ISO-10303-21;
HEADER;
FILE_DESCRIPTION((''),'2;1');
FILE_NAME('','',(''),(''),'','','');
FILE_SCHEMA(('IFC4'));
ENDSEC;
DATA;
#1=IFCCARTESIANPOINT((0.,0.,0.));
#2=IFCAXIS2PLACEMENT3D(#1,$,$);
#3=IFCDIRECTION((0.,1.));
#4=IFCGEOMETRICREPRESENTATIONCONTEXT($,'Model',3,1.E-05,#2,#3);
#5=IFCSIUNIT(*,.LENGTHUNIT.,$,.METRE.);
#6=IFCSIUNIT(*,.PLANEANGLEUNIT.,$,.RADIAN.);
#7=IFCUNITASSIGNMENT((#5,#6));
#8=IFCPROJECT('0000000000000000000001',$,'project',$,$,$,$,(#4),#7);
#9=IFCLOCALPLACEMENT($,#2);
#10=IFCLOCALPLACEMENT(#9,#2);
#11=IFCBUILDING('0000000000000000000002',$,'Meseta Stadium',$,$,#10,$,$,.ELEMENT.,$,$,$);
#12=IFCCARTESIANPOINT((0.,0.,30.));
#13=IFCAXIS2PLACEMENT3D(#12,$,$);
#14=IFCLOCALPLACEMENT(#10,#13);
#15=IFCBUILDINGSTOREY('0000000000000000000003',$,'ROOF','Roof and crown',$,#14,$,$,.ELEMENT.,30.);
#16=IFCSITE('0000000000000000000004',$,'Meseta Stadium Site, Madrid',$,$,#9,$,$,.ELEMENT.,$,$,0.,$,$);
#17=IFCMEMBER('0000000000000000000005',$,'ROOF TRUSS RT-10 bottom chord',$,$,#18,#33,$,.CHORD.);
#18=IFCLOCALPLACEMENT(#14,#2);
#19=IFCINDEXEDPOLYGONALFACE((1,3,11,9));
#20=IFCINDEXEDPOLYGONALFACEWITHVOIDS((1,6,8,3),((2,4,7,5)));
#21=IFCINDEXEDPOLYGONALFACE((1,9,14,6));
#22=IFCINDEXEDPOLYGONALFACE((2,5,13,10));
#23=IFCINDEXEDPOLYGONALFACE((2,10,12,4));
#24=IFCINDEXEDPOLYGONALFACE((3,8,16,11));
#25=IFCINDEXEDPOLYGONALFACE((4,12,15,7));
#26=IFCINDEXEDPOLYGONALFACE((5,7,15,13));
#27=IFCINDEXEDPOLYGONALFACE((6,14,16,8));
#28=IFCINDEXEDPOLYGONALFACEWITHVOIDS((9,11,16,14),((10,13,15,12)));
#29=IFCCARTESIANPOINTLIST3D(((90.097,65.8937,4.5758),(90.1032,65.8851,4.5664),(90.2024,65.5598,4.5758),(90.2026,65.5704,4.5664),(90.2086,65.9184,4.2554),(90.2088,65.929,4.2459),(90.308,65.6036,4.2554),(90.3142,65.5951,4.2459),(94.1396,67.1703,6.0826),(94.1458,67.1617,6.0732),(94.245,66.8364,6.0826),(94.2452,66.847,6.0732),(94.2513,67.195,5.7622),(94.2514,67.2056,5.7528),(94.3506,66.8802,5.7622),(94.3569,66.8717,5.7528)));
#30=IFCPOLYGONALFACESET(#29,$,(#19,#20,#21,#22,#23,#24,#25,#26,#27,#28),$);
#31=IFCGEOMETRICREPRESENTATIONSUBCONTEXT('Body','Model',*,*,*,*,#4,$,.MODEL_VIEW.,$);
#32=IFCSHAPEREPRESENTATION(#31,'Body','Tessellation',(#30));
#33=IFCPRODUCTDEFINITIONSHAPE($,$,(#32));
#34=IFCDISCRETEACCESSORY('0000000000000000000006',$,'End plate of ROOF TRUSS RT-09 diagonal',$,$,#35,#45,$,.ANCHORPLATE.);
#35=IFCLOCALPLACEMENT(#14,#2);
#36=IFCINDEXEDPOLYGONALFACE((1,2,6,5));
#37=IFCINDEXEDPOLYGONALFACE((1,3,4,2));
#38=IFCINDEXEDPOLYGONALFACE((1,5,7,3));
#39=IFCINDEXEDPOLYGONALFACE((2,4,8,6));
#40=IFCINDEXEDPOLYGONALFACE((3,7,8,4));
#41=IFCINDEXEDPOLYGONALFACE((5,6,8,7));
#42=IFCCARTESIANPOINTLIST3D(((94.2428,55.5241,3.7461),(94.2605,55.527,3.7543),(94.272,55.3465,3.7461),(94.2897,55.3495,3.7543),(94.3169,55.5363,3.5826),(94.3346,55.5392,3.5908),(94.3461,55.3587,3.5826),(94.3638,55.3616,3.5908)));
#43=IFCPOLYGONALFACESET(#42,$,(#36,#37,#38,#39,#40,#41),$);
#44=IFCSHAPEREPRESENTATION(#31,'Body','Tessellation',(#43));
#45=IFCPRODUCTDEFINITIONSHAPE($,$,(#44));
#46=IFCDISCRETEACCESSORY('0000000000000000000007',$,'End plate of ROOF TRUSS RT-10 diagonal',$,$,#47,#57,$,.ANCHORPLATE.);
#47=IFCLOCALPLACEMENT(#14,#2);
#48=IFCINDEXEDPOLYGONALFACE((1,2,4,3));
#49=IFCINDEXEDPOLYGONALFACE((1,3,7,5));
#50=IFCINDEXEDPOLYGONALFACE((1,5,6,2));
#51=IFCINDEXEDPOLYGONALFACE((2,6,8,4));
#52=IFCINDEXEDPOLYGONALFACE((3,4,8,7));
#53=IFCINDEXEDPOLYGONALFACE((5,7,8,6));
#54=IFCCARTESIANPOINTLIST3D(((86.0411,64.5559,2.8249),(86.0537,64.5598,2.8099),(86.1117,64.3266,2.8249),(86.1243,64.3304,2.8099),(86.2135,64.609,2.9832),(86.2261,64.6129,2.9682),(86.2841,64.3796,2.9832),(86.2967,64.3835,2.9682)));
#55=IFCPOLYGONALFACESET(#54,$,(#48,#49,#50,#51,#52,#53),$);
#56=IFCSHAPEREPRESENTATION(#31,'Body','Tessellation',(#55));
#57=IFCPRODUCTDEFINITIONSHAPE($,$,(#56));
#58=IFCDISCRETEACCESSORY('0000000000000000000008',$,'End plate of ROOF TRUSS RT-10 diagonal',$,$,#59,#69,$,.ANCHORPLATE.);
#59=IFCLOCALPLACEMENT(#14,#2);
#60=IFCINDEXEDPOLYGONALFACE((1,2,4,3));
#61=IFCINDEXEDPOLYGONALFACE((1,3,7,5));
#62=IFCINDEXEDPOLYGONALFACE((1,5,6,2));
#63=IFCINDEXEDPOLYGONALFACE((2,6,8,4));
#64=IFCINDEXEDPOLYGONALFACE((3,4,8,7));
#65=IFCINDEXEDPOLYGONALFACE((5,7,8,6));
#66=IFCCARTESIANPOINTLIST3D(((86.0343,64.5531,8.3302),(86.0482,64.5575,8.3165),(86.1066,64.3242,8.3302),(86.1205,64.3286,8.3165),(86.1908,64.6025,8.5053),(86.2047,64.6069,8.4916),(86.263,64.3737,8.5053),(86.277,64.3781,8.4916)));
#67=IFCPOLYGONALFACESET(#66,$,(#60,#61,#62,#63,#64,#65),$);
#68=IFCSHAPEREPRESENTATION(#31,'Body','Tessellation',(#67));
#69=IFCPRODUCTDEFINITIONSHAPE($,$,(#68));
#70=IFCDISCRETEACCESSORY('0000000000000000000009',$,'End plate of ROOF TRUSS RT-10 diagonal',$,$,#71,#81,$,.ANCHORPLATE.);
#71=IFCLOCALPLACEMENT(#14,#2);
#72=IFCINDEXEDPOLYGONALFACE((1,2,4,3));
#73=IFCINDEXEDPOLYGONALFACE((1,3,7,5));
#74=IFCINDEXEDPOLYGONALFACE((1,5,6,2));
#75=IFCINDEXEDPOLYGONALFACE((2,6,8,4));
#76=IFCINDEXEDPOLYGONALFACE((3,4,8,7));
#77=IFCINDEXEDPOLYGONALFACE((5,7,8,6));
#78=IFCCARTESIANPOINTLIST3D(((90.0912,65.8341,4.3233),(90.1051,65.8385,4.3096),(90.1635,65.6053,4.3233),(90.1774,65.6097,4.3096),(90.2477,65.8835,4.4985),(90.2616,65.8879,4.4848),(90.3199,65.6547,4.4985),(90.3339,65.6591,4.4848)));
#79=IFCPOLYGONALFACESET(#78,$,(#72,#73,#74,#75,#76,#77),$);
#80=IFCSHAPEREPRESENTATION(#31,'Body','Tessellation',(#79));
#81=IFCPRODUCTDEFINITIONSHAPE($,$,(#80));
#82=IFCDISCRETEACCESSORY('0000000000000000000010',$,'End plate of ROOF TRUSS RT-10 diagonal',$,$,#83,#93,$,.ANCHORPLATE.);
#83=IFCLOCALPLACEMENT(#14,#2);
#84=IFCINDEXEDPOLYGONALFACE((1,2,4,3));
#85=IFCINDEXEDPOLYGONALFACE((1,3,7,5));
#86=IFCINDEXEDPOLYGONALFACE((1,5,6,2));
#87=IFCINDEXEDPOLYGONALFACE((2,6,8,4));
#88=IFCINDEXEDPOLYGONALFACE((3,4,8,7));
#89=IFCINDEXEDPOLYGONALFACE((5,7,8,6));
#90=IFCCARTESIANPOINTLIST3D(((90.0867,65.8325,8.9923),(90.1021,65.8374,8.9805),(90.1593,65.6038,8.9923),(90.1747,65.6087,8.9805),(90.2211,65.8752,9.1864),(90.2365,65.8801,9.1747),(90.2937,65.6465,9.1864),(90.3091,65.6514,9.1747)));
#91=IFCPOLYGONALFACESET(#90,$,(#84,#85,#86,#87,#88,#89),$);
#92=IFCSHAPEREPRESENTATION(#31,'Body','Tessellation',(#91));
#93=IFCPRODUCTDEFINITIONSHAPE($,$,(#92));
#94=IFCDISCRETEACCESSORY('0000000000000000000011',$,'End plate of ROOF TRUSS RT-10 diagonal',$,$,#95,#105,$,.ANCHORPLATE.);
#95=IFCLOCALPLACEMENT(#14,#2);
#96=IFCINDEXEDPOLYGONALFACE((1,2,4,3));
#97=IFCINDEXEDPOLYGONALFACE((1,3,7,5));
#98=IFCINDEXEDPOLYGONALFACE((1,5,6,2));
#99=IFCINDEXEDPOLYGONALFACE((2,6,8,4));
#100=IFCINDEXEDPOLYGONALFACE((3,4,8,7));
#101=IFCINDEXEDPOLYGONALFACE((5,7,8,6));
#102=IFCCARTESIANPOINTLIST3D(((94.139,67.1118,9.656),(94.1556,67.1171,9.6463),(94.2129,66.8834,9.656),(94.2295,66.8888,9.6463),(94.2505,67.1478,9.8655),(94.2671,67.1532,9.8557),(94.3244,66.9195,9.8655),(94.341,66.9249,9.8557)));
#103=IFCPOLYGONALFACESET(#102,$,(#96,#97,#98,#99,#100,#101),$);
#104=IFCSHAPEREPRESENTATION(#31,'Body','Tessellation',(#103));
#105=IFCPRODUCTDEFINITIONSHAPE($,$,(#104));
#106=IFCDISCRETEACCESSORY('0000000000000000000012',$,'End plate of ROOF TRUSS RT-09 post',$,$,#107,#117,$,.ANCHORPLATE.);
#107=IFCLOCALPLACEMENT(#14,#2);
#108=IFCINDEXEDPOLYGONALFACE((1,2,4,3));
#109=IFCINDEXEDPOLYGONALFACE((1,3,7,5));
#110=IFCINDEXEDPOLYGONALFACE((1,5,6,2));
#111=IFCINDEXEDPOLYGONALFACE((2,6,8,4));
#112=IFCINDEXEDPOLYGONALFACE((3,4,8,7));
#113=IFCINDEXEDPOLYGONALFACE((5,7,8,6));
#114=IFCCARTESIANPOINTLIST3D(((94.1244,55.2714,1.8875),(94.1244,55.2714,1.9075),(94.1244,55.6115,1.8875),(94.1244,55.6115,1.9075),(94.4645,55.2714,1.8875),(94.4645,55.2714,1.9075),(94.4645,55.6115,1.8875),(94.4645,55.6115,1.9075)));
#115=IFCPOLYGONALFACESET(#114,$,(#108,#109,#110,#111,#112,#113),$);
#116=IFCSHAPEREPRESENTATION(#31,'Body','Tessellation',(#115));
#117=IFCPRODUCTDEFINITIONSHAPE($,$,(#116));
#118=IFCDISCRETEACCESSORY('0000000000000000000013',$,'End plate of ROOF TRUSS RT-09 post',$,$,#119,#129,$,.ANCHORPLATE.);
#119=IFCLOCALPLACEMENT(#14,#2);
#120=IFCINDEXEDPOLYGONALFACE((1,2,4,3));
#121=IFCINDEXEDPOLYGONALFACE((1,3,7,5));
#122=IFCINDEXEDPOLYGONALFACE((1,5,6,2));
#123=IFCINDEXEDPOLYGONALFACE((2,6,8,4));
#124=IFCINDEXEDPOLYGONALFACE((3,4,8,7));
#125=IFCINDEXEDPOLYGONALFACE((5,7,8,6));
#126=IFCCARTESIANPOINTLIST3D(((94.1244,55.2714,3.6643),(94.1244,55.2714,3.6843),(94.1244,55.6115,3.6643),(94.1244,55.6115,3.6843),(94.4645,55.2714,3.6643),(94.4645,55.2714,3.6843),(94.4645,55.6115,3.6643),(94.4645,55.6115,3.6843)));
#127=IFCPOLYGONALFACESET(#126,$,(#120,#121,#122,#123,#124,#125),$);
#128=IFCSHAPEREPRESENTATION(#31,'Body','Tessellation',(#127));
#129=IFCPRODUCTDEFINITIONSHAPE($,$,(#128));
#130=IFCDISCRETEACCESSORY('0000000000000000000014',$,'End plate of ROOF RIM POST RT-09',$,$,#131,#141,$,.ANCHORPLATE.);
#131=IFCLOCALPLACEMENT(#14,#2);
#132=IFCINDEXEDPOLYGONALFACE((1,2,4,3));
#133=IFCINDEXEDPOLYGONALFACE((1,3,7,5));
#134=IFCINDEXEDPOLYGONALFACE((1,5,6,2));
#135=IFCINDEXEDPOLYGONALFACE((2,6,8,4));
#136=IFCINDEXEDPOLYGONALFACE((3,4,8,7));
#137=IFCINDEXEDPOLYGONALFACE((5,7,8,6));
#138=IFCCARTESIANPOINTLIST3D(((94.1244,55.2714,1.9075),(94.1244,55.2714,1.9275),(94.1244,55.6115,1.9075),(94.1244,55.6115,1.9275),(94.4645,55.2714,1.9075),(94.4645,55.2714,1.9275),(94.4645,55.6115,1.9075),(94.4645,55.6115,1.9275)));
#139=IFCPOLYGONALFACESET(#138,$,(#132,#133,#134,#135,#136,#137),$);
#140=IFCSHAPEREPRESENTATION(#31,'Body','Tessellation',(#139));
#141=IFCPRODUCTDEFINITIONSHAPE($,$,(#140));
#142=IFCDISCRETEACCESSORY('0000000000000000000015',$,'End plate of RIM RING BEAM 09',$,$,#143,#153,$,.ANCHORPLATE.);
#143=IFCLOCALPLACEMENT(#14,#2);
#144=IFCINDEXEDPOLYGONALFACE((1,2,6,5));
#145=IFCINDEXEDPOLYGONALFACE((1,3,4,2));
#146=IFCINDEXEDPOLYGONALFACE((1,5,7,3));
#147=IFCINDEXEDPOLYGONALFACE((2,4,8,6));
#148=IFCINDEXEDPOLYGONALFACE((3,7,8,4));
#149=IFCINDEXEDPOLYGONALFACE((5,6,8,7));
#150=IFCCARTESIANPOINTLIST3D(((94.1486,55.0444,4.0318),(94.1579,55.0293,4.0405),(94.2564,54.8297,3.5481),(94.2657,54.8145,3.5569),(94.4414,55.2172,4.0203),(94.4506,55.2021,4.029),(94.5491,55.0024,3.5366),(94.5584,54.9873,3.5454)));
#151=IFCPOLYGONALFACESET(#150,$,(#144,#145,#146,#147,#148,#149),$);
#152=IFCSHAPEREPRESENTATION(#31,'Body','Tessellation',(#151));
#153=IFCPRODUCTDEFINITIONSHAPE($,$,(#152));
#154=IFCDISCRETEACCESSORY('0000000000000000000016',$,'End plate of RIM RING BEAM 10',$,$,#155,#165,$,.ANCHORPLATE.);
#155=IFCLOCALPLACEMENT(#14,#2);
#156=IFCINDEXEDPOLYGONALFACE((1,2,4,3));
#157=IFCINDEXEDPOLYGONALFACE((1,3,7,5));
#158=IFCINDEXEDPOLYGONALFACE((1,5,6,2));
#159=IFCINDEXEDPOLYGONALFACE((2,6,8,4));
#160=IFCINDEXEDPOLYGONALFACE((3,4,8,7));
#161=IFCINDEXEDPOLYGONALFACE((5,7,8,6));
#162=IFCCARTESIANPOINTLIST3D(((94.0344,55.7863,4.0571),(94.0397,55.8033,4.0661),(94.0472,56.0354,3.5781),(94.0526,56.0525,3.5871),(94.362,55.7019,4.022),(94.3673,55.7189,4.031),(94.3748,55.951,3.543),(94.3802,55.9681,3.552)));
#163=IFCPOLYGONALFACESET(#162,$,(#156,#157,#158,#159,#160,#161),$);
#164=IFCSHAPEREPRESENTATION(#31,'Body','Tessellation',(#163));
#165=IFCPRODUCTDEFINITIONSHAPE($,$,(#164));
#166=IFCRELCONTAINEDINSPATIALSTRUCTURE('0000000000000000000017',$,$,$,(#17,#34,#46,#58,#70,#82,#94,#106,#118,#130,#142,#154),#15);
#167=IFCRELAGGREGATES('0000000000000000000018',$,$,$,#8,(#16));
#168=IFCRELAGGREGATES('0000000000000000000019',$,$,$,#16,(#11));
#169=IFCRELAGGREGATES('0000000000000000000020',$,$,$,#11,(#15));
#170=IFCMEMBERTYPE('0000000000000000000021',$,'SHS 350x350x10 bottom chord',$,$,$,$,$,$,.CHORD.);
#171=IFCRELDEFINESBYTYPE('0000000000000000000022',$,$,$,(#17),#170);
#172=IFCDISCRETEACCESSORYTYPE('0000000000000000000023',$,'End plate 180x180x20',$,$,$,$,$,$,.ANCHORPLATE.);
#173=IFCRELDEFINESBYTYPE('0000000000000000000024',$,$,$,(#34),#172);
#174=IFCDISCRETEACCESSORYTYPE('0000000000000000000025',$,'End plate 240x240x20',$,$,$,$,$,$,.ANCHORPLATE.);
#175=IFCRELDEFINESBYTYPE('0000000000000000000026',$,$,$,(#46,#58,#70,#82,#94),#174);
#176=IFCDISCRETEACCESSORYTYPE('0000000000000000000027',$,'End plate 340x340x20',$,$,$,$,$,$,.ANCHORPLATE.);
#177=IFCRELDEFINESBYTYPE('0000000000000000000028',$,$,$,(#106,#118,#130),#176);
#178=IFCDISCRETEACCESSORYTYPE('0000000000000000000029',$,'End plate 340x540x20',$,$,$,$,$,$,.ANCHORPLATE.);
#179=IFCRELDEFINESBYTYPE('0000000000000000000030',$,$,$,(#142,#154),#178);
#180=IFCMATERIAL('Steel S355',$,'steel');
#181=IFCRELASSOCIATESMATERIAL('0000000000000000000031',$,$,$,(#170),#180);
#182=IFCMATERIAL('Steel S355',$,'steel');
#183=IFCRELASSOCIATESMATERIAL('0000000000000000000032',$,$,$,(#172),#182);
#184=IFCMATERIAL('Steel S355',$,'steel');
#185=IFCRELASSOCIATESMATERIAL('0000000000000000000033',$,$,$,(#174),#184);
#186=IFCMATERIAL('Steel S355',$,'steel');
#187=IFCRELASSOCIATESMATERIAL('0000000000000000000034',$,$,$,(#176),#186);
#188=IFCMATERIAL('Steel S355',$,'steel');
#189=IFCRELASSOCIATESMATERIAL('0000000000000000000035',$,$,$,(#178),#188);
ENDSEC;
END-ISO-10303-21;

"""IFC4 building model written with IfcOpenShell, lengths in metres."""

from ifc_helpers import new_model, si_unit, direction, frame, origin, origin_2d, place, context, subcontext, project, spatial, rectangle, hollow_rectangle, extrude, material, material_profile, profile_set, type_object, element, save


model = new_model("IFC4")

# Units and contexts
model_context = context("Model", 3, precision=1e-05, world=origin(), true_north=direction((0.0, 1.0)))
body_context = subcontext(model_context, "Body", "Model", "MODEL_VIEW")
ifc_project = project(units=[si_unit("LENGTHUNIT", "METRE"), si_unit("PLANEANGLEUNIT", "RADIAN")], contexts=[model_context])

# Site, building, storey
site_placement = place(None, origin())
site = spatial("IfcSite", under=ifc_project, at=site_placement, Name="Meseta Stadium Site, Madrid", CompositionType="ELEMENT", RefElevation=0.0)
building_placement = place(site_placement, origin())
building = spatial("IfcBuilding", under=site, at=building_placement, Name="Meseta Stadium", CompositionType="ELEMENT")
storey_placement = place(building_placement, frame((0.0, 0.0, 30.0)))
storey = spatial("IfcBuildingStorey", under=building, at=storey_placement, Name="ROOF", Description="Roof and crown", CompositionType="ELEMENT", Elevation=30.0)

# Member
ifc_material_1 = material(Name="Steel S355", Category="steel")
ifc_material_profile_1 = material_profile(ifc_material_1, hollow_rectangle(XDim=0.3501, YDim=0.3501, WallThickness=0.01, at=origin_2d()), Name="SHS 350x350x10")
ifc_profile_set_1 = profile_set([ifc_material_profile_1], Name="Steel S355")
member_type_1 = type_object("IfcMemberType", Name="SHS 350x350x10 bottom chord", PredefinedType="CHORD", material=ifc_profile_set_1)
member_1_placement = place(storey_placement, frame((90.2056, 65.7444, 4.4109), z_axis=(0.898518, 0.283734, 0.334903), x_axis=(-0.301123, 0.953585, 0.0)))
element("IfcMember", 1, at=member_1_placement, inside=storey, type_object=member_type_1, Name="ROOF TRUSS RT-10 bottom chord", PredefinedType="CHORD", context=body_context, shape_type="SweptSolid", body=[
    extrude(hollow_rectangle(XDim=0.3501, YDim=0.3501, WallThickness=0.01, at=origin_2d()), origin(), (0.0, 0.0, 1.0), 4.4993),
])

# Discrete accessories
ifc_material_2 = material(Name="Steel S355", Category="steel")
ifc_material_profile_2 = material_profile(ifc_material_2, rectangle(XDim=0.1799, YDim=0.1799, at=origin_2d()), Name="PL 180x180")
ifc_profile_set_2 = profile_set([ifc_material_profile_2], Name="Steel S355")
discrete_accessory_type_1 = type_object("IfcDiscreteAccessoryType", Name="End plate 180x180x20", PredefinedType="ANCHORPLATE", material=ifc_profile_set_2)
discrete_accessory_1_placement = place(storey_placement, frame((94.2944, 55.4414, 3.6643), z_axis=(0.8966, 0.147386, 0.417595), x_axis=(-0.162207, 0.986757, 0.0)))
element("IfcDiscreteAccessory", 2, at=discrete_accessory_1_placement, inside=storey, type_object=discrete_accessory_type_1, Name="End plate of ROOF TRUSS RT-09 diagonal", PredefinedType="ANCHORPLATE", context=body_context, shape_type="SweptSolid", body=[
    extrude(rectangle(XDim=0.1799, YDim=0.1799, at=origin_2d()), origin(), (0.0, 0.0, 1.0), 0.0198),
])
ifc_material_3 = material(Name="Steel S355", Category="steel")
ifc_material_profile_3 = material_profile(ifc_material_3, rectangle(XDim=0.24, YDim=0.24, at=origin_2d()), Name="PL 240x240")
ifc_profile_set_3 = profile_set([ifc_material_profile_3], Name="Steel S355")
discrete_accessory_type_2 = type_object("IfcDiscreteAccessoryType", Name="End plate 240x240x20", PredefinedType="ANCHORPLATE", material=ifc_profile_set_3)
for number, where, z_axis, x_axis, name in (
    (3, (86.1626, 64.4678, 2.9041), (0.630407, 0.193971, -0.751639), (-0.294086, 0.955779, 0.0), "End plate of ROOF TRUSS RT-10 diagonal"),
    (4, (86.1487, 64.4634, 8.4177), (0.695899, 0.219757, -0.68369), (-0.301131, 0.953583, 0.0), "End plate of ROOF TRUSS RT-10 diagonal"),
    (5, (90.2056, 65.7444, 4.4109), (0.695899, 0.219757, -0.68369), (-0.301131, 0.953583, 0.0), "End plate of ROOF TRUSS RT-10 diagonal"),
    (6, (90.1902, 65.7395, 9.0894), (0.771223, 0.244833, -0.587598), (-0.302579, 0.953124, 0.0), "End plate of ROOF TRUSS RT-10 diagonal"),
    (7, (94.2317, 67.0156, 9.7607), (0.830257, 0.268612, -0.488386), (-0.30782, 0.951445, 0.0), "End plate of ROOF TRUSS RT-10 diagonal"),
):
    element("IfcDiscreteAccessory", number, at=place(storey_placement, frame(where, z_axis=z_axis, x_axis=x_axis)), inside=storey, type_object=discrete_accessory_type_2, Name=name, PredefinedType="ANCHORPLATE", context=body_context, shape_type="SweptSolid", body=[
        extrude(rectangle(XDim=0.24, YDim=0.24, at=origin_2d()), origin(), (0.0, 0.0, 1.0), 0.02),
    ])
ifc_material_4 = material(Name="Steel S355", Category="steel")
ifc_material_profile_4 = material_profile(ifc_material_4, rectangle(XDim=0.3401, YDim=0.3401, at=origin_2d()), Name="PL 340x340")
ifc_profile_set_4 = profile_set([ifc_material_profile_4], Name="Steel S355")
discrete_accessory_type_3 = type_object("IfcDiscreteAccessoryType", Name="End plate 340x340x20", PredefinedType="ANCHORPLATE", material=ifc_profile_set_4)
for number, where, z_axis, x_axis, name in (
    (8, (94.2944, 55.4414, 1.8875), (0.0, 0.0, 1.0), (1.0, 0.0, 0.0), "End plate of ROOF TRUSS RT-09 post"),
    (9, (94.2944, 55.4414, 3.6643), (0.0, 0.0, 1.0), (1.0, 0.0, 0.0), "End plate of ROOF TRUSS RT-09 post"),
    (10, (94.2944, 55.4414, 1.9075), (0.0, 0.0, 1.0), (1.0, 0.0, 0.0), "End plate of ROOF RIM POST RT-09"),
):
    element("IfcDiscreteAccessory", number, at=place(storey_placement, frame(where, z_axis=z_axis, x_axis=x_axis)), inside=storey, type_object=discrete_accessory_type_3, Name=name, PredefinedType="ANCHORPLATE", context=body_context, shape_type="SweptSolid", body=[
        extrude(rectangle(XDim=0.3401, YDim=0.3401, at=origin_2d()), origin(), (0.0, 0.0, 1.0), 0.02),
    ])
ifc_material_5 = material(Name="Steel S355", Category="steel")
ifc_material_profile_5 = material_profile(ifc_material_5, rectangle(XDim=0.3401, YDim=0.54, at=origin_2d()), Name="PL 340x540")
ifc_profile_set_5 = profile_set([ifc_material_profile_5], Name="Steel S355")
discrete_accessory_type_4 = type_object("IfcDiscreteAccessoryType", Name="End plate 340x540x20", PredefinedType="ANCHORPLATE", material=ifc_profile_set_5)
discrete_accessory_2_placement = place(storey_placement, frame((94.3582, 55.0083, 3.793), z_axis=(-0.468316, 0.764094, -0.443667), x_axis=(-0.860729, -0.507944, 0.033755)))
element("IfcDiscreteAccessory", 11, at=discrete_accessory_2_placement, inside=storey, type_object=discrete_accessory_type_4, Name="End plate of RIM RING BEAM 09", PredefinedType="ANCHORPLATE", context=body_context, shape_type="SweptSolid", body=[
    extrude(rectangle(XDim=0.3401, YDim=0.54, at=origin_2d()), origin(), (0.0, 0.0, 1.0), 0.0198),
])
discrete_accessory_3_placement = place(storey_placement, frame((94.2046, 55.8687, 3.8), z_axis=(0.267716, 0.851824, 0.45025), x_axis=(-0.963205, 0.248134, 0.103273)))
element("IfcDiscreteAccessory", 12, at=discrete_accessory_3_placement, inside=storey, type_object=discrete_accessory_type_4, Name="End plate of RIM RING BEAM 10", PredefinedType="ANCHORPLATE", context=body_context, shape_type="SweptSolid", body=[
    extrude(rectangle(XDim=0.3401, YDim=0.54, at=origin_2d()), origin(), (0.0, 0.0, 1.0), 0.02),
])

save(model, "model.ifc")
